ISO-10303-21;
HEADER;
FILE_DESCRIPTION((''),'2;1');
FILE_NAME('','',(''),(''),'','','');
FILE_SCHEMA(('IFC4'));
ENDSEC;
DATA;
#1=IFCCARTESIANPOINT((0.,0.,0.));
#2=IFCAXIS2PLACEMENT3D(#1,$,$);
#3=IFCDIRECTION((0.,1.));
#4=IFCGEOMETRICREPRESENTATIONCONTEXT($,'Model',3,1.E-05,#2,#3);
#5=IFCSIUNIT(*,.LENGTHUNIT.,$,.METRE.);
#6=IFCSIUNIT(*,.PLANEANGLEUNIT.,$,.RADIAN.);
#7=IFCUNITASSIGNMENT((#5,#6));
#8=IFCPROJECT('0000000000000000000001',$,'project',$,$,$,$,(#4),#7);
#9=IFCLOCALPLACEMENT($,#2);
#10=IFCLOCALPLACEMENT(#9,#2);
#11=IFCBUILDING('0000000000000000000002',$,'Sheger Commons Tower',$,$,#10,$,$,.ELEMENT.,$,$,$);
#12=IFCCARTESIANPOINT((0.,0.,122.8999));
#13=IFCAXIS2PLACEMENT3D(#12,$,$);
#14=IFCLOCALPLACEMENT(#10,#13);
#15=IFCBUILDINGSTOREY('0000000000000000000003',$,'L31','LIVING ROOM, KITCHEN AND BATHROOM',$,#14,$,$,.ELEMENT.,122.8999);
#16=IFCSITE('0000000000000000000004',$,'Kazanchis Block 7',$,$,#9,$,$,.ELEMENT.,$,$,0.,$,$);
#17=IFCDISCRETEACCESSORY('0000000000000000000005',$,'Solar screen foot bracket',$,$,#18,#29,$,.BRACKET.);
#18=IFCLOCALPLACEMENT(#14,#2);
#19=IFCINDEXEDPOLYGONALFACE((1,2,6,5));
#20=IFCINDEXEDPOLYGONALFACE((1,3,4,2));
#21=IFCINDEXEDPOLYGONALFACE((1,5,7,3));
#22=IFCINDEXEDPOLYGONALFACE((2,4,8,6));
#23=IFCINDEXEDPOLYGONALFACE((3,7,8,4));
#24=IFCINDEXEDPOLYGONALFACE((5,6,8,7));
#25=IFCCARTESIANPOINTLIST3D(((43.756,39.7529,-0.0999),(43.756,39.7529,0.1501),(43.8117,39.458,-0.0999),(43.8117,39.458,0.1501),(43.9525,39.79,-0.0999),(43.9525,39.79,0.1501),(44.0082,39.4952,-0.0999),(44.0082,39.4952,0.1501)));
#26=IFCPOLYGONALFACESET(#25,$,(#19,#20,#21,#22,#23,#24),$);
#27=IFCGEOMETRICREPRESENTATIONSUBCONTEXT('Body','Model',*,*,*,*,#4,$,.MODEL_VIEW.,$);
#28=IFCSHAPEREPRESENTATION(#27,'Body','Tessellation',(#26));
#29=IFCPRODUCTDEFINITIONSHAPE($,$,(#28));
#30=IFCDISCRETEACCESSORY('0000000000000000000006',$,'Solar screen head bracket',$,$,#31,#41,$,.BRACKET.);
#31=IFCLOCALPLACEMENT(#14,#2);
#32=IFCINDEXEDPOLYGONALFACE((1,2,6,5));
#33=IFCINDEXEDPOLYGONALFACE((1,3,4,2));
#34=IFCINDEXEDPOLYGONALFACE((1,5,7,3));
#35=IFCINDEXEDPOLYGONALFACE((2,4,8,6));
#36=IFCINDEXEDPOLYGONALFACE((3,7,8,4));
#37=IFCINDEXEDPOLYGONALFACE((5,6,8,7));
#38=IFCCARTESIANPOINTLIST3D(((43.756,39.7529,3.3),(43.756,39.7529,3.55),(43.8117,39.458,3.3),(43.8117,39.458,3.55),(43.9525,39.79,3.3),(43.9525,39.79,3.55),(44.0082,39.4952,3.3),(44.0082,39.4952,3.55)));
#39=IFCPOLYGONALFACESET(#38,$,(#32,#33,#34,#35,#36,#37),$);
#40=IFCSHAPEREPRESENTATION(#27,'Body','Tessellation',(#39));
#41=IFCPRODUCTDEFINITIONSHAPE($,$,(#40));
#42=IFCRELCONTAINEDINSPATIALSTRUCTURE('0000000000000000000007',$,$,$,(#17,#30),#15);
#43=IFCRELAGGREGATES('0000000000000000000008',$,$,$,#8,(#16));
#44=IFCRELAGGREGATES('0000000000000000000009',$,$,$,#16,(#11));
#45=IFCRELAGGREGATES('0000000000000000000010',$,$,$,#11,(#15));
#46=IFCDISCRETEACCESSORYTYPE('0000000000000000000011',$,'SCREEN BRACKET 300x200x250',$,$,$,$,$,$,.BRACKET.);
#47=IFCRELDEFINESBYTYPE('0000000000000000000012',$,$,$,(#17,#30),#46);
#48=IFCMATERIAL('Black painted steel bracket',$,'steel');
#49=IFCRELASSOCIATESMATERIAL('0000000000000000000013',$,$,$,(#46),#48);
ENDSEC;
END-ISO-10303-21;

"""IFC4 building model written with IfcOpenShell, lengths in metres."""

from ifc_helpers import new_model, si_unit, direction, frame, origin, origin_2d, place, context, subcontext, project, spatial, rectangle, extrude, material, type_object, element, save


model = new_model("IFC4")

# Units and contexts
model_context = context("Model", 3, precision=1e-05, world=origin(), true_north=direction((0.0, 1.0)))
body_context = subcontext(model_context, "Body", "Model", "MODEL_VIEW")
ifc_project = project(units=[si_unit("LENGTHUNIT", "METRE"), si_unit("PLANEANGLEUNIT", "RADIAN")], contexts=[model_context])

# Site, building, storey
site_placement = place(None, origin())
site = spatial("IfcSite", under=ifc_project, at=site_placement, Name="Kazanchis Block 7", CompositionType="ELEMENT", RefElevation=0.0)
building_placement = place(site_placement, origin())
building = spatial("IfcBuilding", under=site, at=building_placement, Name="Sheger Commons Tower", CompositionType="ELEMENT")
storey_placement = place(building_placement, frame((0.0, 0.0, 122.8999)))
storey = spatial("IfcBuildingStorey", under=building, at=storey_placement, Name="L31", Description="LIVING ROOM, KITCHEN AND BATHROOM", CompositionType="ELEMENT", Elevation=122.8999)

# Discrete accessories
ifc_material_1 = material(Name="Black painted steel bracket", Category="steel")
discrete_accessory_type = type_object("IfcDiscreteAccessoryType", Name="SCREEN BRACKET 300x200x250", PredefinedType="BRACKET", material=ifc_material_1)
for number, where, z_axis, x_axis, name in (
    (1, (43.8821, 39.624, -0.0999), (0.0, 0.0, 1.0), (-0.185615, 0.982623, 0.0), "Solar screen foot bracket"),
    (2, (43.8821, 39.624, 3.3), (0.0, 0.0, 1.0), (-0.185615, 0.982623, 0.0), "Solar screen head bracket"),
):
    element("IfcDiscreteAccessory", number, at=place(storey_placement, frame(where, z_axis=z_axis, x_axis=x_axis)), inside=storey, type_object=discrete_accessory_type, Name=name, PredefinedType="BRACKET", context=body_context, shape_type="SweptSolid", body=[
        extrude(rectangle(XDim=0.3, YDim=0.2, at=origin_2d()), origin(), (0.0, 0.0, 1.0), 0.25),
    ])

save(model, "model.ifc")
